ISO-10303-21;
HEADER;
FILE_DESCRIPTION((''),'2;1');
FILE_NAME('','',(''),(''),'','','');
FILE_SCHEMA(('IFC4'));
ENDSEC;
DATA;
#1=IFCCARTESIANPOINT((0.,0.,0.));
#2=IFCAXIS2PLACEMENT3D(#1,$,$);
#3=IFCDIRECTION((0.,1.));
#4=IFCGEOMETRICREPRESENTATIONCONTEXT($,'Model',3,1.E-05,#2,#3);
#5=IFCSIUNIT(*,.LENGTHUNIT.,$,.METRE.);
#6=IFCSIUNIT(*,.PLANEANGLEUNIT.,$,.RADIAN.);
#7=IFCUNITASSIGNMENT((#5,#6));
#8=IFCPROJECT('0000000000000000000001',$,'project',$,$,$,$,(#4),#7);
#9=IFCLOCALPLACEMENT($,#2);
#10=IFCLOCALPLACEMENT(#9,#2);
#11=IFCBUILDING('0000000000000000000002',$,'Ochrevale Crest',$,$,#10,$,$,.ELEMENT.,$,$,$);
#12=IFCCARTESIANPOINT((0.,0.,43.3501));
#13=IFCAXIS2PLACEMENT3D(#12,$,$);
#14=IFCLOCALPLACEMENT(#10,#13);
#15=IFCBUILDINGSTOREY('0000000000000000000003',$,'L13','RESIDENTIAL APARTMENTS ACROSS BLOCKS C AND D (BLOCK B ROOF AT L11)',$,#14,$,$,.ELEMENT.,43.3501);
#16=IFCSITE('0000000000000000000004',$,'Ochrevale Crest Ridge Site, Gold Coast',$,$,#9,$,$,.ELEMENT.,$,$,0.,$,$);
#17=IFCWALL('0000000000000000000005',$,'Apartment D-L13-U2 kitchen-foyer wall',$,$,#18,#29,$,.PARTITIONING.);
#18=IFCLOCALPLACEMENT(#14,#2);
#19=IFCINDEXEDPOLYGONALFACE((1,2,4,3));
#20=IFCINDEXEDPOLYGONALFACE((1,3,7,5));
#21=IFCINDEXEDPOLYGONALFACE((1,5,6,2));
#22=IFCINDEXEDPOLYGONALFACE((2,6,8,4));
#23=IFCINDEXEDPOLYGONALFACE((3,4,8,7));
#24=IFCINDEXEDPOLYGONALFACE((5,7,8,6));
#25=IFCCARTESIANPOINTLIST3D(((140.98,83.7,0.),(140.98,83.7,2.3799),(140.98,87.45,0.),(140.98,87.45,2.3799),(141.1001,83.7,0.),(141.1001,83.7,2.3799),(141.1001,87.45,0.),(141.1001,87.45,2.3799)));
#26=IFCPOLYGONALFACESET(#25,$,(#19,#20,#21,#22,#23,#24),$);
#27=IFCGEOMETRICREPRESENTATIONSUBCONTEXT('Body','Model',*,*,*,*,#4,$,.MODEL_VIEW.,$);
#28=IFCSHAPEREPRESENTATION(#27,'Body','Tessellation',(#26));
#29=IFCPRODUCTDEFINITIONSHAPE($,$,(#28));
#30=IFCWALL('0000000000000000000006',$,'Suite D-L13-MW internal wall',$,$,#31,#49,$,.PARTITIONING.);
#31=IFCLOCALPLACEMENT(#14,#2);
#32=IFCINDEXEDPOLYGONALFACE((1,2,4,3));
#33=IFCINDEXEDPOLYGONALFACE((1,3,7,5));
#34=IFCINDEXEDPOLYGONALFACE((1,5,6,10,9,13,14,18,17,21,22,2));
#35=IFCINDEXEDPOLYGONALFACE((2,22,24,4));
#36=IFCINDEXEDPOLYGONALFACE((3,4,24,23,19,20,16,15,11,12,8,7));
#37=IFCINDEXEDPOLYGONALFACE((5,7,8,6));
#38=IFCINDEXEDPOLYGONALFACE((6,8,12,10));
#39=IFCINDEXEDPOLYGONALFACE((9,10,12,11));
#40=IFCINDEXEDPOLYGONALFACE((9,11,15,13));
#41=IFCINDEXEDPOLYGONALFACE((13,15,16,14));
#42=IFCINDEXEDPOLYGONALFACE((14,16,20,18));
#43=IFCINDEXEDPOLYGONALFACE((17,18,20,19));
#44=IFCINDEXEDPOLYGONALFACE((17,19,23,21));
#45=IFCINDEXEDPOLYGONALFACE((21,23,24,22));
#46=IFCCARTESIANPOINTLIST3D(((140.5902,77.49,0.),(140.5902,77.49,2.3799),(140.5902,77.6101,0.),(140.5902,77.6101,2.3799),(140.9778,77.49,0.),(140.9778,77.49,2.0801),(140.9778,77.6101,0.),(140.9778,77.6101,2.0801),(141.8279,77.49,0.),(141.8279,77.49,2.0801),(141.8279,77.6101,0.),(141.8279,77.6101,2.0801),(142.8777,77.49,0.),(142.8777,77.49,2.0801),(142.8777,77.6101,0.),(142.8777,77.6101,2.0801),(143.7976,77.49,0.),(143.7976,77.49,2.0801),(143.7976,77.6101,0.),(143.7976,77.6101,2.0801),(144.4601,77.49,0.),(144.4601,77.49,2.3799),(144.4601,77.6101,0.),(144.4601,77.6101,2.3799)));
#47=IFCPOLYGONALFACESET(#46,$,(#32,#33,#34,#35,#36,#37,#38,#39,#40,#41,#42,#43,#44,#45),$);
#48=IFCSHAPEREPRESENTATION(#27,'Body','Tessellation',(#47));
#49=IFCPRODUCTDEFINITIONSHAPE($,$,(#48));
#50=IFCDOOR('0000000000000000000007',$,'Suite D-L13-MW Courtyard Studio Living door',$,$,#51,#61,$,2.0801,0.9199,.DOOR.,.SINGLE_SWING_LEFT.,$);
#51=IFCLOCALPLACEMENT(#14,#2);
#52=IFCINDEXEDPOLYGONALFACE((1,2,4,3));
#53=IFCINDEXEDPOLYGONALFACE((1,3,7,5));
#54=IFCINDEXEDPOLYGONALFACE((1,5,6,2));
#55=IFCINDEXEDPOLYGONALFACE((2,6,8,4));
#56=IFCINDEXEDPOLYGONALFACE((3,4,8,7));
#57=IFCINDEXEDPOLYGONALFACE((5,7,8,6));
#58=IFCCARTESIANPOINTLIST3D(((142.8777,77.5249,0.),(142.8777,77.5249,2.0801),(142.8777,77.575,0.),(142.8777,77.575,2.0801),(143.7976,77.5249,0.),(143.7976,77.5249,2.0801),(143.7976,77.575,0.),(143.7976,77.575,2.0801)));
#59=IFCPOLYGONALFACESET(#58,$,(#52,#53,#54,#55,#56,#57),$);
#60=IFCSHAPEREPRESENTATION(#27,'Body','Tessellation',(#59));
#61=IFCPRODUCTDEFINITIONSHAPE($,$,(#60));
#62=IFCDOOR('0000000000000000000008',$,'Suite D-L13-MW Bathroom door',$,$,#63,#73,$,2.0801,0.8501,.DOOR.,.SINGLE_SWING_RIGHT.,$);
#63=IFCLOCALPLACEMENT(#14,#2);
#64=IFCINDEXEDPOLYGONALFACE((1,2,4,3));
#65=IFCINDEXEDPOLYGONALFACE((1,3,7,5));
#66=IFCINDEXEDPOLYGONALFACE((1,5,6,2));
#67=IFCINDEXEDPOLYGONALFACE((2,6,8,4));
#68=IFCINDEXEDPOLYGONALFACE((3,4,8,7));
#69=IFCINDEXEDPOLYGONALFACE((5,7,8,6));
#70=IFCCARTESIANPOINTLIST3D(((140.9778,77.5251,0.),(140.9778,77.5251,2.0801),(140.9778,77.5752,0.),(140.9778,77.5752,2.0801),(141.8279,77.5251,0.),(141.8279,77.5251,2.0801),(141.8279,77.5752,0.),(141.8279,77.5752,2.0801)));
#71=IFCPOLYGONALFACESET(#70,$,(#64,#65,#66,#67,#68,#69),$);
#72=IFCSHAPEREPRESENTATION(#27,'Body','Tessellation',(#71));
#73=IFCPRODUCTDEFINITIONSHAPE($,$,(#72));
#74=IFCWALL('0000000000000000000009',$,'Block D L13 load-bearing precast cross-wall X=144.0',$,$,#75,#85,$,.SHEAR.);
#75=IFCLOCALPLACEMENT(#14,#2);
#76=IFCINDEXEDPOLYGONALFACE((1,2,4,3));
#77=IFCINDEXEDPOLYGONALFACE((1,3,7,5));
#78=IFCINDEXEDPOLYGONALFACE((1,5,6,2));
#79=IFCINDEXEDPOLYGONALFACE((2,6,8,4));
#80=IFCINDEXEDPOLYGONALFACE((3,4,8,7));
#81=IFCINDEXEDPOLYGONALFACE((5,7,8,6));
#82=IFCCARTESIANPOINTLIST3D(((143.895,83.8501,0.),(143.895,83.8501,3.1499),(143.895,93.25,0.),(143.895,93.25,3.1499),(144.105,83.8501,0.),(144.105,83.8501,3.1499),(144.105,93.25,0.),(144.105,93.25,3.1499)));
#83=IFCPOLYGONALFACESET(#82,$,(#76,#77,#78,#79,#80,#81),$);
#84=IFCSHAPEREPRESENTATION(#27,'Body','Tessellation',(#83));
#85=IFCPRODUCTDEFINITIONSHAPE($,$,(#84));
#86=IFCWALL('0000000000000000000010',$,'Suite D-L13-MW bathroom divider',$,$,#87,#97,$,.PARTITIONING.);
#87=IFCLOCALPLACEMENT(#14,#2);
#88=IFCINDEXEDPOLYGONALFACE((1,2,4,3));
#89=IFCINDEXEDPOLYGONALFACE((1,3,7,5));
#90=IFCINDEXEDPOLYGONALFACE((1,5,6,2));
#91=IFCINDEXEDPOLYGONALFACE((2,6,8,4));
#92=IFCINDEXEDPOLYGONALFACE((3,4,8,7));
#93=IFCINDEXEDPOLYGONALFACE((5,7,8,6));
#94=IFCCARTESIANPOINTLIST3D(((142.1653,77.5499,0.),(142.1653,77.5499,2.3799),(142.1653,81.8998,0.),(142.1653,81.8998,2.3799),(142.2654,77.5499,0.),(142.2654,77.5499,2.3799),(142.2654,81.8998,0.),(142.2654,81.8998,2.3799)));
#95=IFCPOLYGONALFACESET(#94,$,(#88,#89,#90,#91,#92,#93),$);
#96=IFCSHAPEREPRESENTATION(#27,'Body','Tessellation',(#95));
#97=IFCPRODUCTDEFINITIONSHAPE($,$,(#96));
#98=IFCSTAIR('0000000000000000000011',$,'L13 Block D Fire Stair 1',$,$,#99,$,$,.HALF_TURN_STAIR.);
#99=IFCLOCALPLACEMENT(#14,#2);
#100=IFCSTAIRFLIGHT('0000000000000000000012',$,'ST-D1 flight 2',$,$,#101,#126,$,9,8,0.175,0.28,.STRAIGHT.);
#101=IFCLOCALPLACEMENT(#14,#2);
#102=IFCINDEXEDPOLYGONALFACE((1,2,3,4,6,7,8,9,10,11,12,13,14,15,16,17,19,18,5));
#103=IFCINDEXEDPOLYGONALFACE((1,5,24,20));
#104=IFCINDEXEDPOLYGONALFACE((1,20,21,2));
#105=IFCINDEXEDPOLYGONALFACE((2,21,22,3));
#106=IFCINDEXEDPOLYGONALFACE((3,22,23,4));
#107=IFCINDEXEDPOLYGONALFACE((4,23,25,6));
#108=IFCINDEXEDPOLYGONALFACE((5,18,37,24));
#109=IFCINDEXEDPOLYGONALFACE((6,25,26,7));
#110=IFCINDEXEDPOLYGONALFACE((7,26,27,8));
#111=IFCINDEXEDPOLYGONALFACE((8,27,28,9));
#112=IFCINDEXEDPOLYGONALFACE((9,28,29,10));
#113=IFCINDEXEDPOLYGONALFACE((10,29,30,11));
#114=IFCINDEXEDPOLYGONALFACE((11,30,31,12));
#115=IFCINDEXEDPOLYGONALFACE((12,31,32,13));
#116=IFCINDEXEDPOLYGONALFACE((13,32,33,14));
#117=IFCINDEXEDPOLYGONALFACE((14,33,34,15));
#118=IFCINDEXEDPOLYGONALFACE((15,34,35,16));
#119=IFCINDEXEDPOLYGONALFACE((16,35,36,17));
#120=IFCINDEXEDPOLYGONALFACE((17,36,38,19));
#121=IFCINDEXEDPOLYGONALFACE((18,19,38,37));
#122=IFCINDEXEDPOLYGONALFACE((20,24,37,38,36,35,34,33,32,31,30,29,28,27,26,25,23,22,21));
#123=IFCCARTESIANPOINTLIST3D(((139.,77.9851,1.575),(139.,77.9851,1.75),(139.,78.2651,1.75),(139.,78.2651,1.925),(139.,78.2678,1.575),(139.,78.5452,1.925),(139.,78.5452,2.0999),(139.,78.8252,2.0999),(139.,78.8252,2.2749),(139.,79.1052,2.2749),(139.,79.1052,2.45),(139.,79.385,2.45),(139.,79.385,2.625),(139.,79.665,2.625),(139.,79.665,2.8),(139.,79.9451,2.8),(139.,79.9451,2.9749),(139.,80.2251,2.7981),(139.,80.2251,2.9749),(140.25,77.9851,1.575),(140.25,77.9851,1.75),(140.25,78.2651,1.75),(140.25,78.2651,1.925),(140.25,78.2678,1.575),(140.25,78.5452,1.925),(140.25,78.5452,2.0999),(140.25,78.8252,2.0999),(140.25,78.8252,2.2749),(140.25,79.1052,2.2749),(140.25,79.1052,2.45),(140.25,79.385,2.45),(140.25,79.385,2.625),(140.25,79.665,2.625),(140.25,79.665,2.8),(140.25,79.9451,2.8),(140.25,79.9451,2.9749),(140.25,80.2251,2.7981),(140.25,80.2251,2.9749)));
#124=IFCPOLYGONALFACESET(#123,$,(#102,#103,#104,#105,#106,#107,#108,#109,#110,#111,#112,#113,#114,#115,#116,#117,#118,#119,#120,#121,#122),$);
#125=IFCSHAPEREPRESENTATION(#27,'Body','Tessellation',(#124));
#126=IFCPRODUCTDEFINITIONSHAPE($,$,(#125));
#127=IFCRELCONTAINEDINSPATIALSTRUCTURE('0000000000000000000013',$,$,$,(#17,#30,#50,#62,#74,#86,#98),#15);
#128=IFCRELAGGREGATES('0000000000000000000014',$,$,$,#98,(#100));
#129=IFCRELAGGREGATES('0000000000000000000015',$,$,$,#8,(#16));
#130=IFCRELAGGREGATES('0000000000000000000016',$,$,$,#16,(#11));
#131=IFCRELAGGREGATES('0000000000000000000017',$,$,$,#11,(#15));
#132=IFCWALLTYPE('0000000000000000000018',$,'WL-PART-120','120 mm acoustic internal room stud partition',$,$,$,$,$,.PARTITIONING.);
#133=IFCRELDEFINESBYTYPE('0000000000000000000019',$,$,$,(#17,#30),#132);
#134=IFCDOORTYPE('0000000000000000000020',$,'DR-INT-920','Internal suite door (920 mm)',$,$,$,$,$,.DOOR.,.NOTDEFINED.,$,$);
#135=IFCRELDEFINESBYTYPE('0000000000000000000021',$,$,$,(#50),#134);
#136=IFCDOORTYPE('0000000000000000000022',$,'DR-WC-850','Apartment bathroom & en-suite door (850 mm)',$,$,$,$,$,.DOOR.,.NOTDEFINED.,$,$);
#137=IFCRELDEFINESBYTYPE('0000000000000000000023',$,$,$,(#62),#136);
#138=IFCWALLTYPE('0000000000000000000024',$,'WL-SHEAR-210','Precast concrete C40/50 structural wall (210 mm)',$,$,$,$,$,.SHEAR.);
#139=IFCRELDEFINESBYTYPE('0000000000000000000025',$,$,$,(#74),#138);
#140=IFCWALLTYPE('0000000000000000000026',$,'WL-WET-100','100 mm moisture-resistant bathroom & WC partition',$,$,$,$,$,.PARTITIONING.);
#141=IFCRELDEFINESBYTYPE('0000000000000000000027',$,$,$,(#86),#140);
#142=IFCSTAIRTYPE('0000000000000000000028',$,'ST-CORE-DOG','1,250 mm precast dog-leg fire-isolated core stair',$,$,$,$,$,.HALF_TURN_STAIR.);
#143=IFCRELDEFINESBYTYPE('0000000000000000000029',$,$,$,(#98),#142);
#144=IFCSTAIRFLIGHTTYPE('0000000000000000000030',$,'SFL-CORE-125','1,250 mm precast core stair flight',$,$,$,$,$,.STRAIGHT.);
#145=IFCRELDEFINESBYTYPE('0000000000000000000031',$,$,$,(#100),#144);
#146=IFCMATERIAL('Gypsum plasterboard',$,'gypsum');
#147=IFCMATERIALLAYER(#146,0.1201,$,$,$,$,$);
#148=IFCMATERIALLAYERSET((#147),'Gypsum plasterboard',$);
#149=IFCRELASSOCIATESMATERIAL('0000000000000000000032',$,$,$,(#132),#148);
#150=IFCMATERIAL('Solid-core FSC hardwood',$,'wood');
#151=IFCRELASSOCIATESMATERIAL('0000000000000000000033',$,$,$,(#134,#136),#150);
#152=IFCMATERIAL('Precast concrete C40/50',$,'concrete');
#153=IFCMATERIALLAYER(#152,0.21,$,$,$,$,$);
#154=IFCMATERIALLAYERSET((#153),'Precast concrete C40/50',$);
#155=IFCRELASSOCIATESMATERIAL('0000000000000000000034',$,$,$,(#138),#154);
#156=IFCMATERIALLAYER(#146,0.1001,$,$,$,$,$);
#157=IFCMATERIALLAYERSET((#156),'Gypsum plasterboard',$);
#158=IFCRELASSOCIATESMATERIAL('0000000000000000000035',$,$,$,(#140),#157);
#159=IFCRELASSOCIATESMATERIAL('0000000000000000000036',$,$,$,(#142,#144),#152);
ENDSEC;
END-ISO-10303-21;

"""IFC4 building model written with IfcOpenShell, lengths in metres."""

from ifc_helpers import new_model, si_unit, direction, frame, frame_2d, origin, place, context, subcontext, project, spatial, polyline, rectangle, outline, extrude, material, layer, layer_set, type_object, element, fill, aggregate, save


model = new_model("IFC4")

# Units and contexts
model_context = context("Model", 3, precision=1e-05, world=origin(), true_north=direction((0.0, 1.0)))
body_context = subcontext(model_context, "Body", "Model", "MODEL_VIEW")
ifc_project = project(units=[si_unit("LENGTHUNIT", "METRE"), si_unit("PLANEANGLEUNIT", "RADIAN")], contexts=[model_context])

# Site, building, storey
site_placement = place(None, origin())
site = spatial("IfcSite", under=ifc_project, at=site_placement, Name="Ochrevale Crest Ridge Site, Gold Coast", CompositionType="ELEMENT", RefElevation=0.0)
building_placement = place(site_placement, origin())
building = spatial("IfcBuilding", under=site, at=building_placement, Name="Ochrevale Crest", CompositionType="ELEMENT")
storey_placement = place(building_placement, frame((0.0, 0.0, 43.3501)))
storey = spatial("IfcBuildingStorey", under=building, at=storey_placement, Name="L13", Description="RESIDENTIAL APARTMENTS ACROSS BLOCKS C AND D (BLOCK B ROOF AT L11)", CompositionType="ELEMENT", Elevation=43.3501)

# Shared definitions
ifc_material_1 = material(Name="Precast concrete C40/50", Category="concrete")

# Shared definitions
ifc_material_2 = material(Name="Gypsum plasterboard", Category="gypsum")
ifc_material_3 = material(Name="Solid-core FSC hardwood", Category="wood")

# Wall
ifc_layer_1 = layer(ifc_material_2, 0.1201)
ifc_layer_set_1 = layer_set([ifc_layer_1], Name="Gypsum plasterboard")
wall_type_1 = type_object("IfcWallType", Name="WL-PART-120", Description="120 mm acoustic internal room stud partition", PredefinedType="PARTITIONING", material=ifc_layer_set_1)
wall_1_placement = place(storey_placement, frame((141.04, 83.7, 0.0), z_axis=(0.0, 0.0, 1.0), x_axis=(0.0, 1.0, 0.0)))
element("IfcWall", 1, at=wall_1_placement, inside=storey, type_object=wall_type_1, Name="Apartment D-L13-U2 kitchen-foyer wall", PredefinedType="PARTITIONING", context=body_context, shape_type="SweptSolid", body=[
    extrude(rectangle(XDim=3.75, YDim=0.1201, at=frame_2d((1.875, 0.0))), origin(), (0.0, 0.0, 1.0), 2.3799),
])

# Wall, openings, doors
wall_2_placement = place(storey_placement, frame((140.5901, 77.55, 0.0), z_axis=(0.0, 0.0, 1.0), x_axis=(1.0, 0.0, 0.0)))
wall_2 = element("IfcWall", 2, at=wall_2_placement, inside=storey, type_object=wall_type_1, Name="Suite D-L13-MW internal wall", PredefinedType="PARTITIONING", context=body_context, shape_type="SweptSolid", body=[
    extrude(rectangle(XDim=3.8699, YDim=0.1201, at=frame_2d((1.9351, 0.0))), origin(), (0.0, 0.0, 1.0), 2.3799),
])
opening_1_placement = place(wall_2_placement, frame((1.2378, 0.0, 0.0), z_axis=(0.0, 0.0, 1.0), x_axis=(-1.0, 0.0, 0.0)))
opening_1 = element("IfcOpeningElement", 3, at=opening_1_placement, cuts=wall_2, PredefinedType="OPENING", context=body_context, shape_type="SweptSolid", body=[
    extrude(rectangle(XDim=0.8501, YDim=2.0801, at=frame_2d((0.425, 1.04))), frame((0.0, 0.0701, 0.0), z_axis=(0.0, -1.0, 0.0), x_axis=(1.0, 0.0, 0.0)), (0.0, 0.0, 1.0), 0.1401),
])
opening_2_placement = place(wall_2_placement, frame((2.2876, 0.0, 0.0)))
opening_2 = element("IfcOpeningElement", 4, at=opening_2_placement, cuts=wall_2, PredefinedType="OPENING", context=body_context, shape_type="SweptSolid", body=[
    extrude(rectangle(XDim=0.9199, YDim=2.0801, at=frame_2d((0.46, 1.04))), frame((0.0, 0.0701, 0.0), z_axis=(0.0, -1.0, 0.0), x_axis=(1.0, 0.0, 0.0)), (0.0, 0.0, 1.0), 0.1401),
])
door_type_1 = type_object("IfcDoorType", Name="DR-INT-920", Description="Internal suite door (920 mm)", OperationType="NOTDEFINED", PredefinedType="DOOR", material=ifc_material_3)
door_1_placement = place(opening_2_placement, origin())
door_1 = element("IfcDoor", 5, at=door_1_placement, inside=storey, type_object=door_type_1, Name="Suite D-L13-MW Courtyard Studio Living door", OperationType="SINGLE_SWING_LEFT", OverallHeight=2.0801, OverallWidth=0.9199, PredefinedType="DOOR", context=body_context, shape_type="SweptSolid", body=[
    extrude(rectangle(XDim=0.9199, YDim=2.0801, at=frame_2d((0.46, 1.04))), frame((0.0, 0.0249, 0.0), z_axis=(0.0, -1.0, 0.0), x_axis=(1.0, 0.0, 0.0)), (0.0, 0.0, 1.0), 0.05),
])
fill(opening_2, door_1)
door_type_2 = type_object("IfcDoorType", Name="DR-WC-850", Description="Apartment bathroom & en-suite door (850 mm)", OperationType="NOTDEFINED", PredefinedType="DOOR", material=ifc_material_3)
door_2_placement = place(opening_1_placement, origin())
door_2 = element("IfcDoor", 6, at=door_2_placement, inside=storey, type_object=door_type_2, Name="Suite D-L13-MW Bathroom door", OperationType="SINGLE_SWING_RIGHT", OverallHeight=2.0801, OverallWidth=0.8501, PredefinedType="DOOR", context=body_context, shape_type="SweptSolid", body=[
    extrude(rectangle(XDim=0.8501, YDim=2.0801, at=frame_2d((0.425, 1.04))), frame((0.0, 0.0249, 0.0), z_axis=(0.0, -1.0, 0.0), x_axis=(1.0, 0.0, 0.0)), (0.0, 0.0, 1.0), 0.05),
])
fill(opening_1, door_2)

# Walls
ifc_layer_2 = layer(ifc_material_1, 0.21)
ifc_layer_set_2 = layer_set([ifc_layer_2], Name="Precast concrete C40/50")
wall_type_2 = type_object("IfcWallType", Name="WL-SHEAR-210", Description="Precast concrete C40/50 structural wall (210 mm)", PredefinedType="SHEAR", material=ifc_layer_set_2)
wall_3_placement = place(storey_placement, frame((144.0, 83.8501, 0.0), z_axis=(0.0, 0.0, 1.0), x_axis=(0.0, 1.0, 0.0)))
element("IfcWall", 7, at=wall_3_placement, inside=storey, type_object=wall_type_2, Name="Block D L13 load-bearing precast cross-wall X=144.0", PredefinedType="SHEAR", context=body_context, shape_type="SweptSolid", body=[
    extrude(rectangle(XDim=9.3999, YDim=0.21, at=frame_2d((4.7, 0.0))), origin(), (0.0, 0.0, 1.0), 3.1499),
])
ifc_layer_3 = layer(ifc_material_2, 0.1001)
ifc_layer_set_3 = layer_set([ifc_layer_3], Name="Gypsum plasterboard")
wall_type_3 = type_object("IfcWallType", Name="WL-WET-100", Description="100 mm moisture-resistant bathroom & WC partition", PredefinedType="PARTITIONING", material=ifc_layer_set_3)
wall_4_placement = place(storey_placement, frame((142.2153, 77.55, 0.0), z_axis=(0.0, 0.0, 1.0), x_axis=(0.0, 1.0, 0.0)))
element("IfcWall", 8, at=wall_4_placement, inside=storey, type_object=wall_type_3, Name="Suite D-L13-MW bathroom divider", PredefinedType="PARTITIONING", context=body_context, shape_type="SweptSolid", body=[
    extrude(rectangle(XDim=4.3499, YDim=0.1001, at=frame_2d((2.1748, 0.0))), origin(), (0.0, 0.0, 1.0), 2.3799),
])

# Stair, stair flight
stair_type = type_object("IfcStairType", Name="ST-CORE-DOG", Description="1,250 mm precast dog-leg fire-isolated core stair", PredefinedType="HALF_TURN_STAIR", material=ifc_material_1)
stair_placement = place(storey_placement, origin())
stair = element("IfcStair", 9, at=stair_placement, inside=storey, type_object=stair_type, Name="L13 Block D Fire Stair 1", PredefinedType="HALF_TURN_STAIR")
stair_flight_type = type_object("IfcStairFlightType", Name="SFL-CORE-125", Description="1,250 mm precast core stair flight", PredefinedType="STRAIGHT", material=ifc_material_1)
stair_flight_placement = place(storey_placement, frame((139.625, 77.9851, 1.575), z_axis=(0.0, 0.0, 1.0), x_axis=(0.0, 1.0, 0.0)))
stair_flight = element("IfcStairFlight", 10, at=stair_flight_placement, type_object=stair_flight_type, Name="ST-D1 flight 2", NumberOfRisers=9, NumberOfTreads=8, PredefinedType="STRAIGHT", RiserHeight=0.175, TreadLength=0.28, context=body_context, shape_type="SweptSolid", body=[
    extrude(outline(polyline([(0.0, 0.0), (0.0, 0.175), (0.28, 0.175), (0.28, 0.3501), (0.5601, 0.3501), (0.5601, 0.5249), (0.8401, 0.5249), (0.8401, 0.7), (1.1201, 0.7), (1.1201, 0.875), (1.3999, 0.875), (1.3999, 1.05), (1.6799, 1.05), (1.6799, 1.2251), (1.96, 1.2251), (1.96, 1.3999), (2.24, 1.3999), (2.24, 1.575), (2.24, 1.2231), (0.2827, 0.0), (0.0, 0.0)])), frame((0.0, 0.625, 0.0), z_axis=(0.0, -1.0, 0.0), x_axis=(1.0, 0.0, 0.0)), (0.0, 0.0, 1.0), 1.25),
])
aggregate(stair, [stair_flight])

save(model, "model.ifc")
